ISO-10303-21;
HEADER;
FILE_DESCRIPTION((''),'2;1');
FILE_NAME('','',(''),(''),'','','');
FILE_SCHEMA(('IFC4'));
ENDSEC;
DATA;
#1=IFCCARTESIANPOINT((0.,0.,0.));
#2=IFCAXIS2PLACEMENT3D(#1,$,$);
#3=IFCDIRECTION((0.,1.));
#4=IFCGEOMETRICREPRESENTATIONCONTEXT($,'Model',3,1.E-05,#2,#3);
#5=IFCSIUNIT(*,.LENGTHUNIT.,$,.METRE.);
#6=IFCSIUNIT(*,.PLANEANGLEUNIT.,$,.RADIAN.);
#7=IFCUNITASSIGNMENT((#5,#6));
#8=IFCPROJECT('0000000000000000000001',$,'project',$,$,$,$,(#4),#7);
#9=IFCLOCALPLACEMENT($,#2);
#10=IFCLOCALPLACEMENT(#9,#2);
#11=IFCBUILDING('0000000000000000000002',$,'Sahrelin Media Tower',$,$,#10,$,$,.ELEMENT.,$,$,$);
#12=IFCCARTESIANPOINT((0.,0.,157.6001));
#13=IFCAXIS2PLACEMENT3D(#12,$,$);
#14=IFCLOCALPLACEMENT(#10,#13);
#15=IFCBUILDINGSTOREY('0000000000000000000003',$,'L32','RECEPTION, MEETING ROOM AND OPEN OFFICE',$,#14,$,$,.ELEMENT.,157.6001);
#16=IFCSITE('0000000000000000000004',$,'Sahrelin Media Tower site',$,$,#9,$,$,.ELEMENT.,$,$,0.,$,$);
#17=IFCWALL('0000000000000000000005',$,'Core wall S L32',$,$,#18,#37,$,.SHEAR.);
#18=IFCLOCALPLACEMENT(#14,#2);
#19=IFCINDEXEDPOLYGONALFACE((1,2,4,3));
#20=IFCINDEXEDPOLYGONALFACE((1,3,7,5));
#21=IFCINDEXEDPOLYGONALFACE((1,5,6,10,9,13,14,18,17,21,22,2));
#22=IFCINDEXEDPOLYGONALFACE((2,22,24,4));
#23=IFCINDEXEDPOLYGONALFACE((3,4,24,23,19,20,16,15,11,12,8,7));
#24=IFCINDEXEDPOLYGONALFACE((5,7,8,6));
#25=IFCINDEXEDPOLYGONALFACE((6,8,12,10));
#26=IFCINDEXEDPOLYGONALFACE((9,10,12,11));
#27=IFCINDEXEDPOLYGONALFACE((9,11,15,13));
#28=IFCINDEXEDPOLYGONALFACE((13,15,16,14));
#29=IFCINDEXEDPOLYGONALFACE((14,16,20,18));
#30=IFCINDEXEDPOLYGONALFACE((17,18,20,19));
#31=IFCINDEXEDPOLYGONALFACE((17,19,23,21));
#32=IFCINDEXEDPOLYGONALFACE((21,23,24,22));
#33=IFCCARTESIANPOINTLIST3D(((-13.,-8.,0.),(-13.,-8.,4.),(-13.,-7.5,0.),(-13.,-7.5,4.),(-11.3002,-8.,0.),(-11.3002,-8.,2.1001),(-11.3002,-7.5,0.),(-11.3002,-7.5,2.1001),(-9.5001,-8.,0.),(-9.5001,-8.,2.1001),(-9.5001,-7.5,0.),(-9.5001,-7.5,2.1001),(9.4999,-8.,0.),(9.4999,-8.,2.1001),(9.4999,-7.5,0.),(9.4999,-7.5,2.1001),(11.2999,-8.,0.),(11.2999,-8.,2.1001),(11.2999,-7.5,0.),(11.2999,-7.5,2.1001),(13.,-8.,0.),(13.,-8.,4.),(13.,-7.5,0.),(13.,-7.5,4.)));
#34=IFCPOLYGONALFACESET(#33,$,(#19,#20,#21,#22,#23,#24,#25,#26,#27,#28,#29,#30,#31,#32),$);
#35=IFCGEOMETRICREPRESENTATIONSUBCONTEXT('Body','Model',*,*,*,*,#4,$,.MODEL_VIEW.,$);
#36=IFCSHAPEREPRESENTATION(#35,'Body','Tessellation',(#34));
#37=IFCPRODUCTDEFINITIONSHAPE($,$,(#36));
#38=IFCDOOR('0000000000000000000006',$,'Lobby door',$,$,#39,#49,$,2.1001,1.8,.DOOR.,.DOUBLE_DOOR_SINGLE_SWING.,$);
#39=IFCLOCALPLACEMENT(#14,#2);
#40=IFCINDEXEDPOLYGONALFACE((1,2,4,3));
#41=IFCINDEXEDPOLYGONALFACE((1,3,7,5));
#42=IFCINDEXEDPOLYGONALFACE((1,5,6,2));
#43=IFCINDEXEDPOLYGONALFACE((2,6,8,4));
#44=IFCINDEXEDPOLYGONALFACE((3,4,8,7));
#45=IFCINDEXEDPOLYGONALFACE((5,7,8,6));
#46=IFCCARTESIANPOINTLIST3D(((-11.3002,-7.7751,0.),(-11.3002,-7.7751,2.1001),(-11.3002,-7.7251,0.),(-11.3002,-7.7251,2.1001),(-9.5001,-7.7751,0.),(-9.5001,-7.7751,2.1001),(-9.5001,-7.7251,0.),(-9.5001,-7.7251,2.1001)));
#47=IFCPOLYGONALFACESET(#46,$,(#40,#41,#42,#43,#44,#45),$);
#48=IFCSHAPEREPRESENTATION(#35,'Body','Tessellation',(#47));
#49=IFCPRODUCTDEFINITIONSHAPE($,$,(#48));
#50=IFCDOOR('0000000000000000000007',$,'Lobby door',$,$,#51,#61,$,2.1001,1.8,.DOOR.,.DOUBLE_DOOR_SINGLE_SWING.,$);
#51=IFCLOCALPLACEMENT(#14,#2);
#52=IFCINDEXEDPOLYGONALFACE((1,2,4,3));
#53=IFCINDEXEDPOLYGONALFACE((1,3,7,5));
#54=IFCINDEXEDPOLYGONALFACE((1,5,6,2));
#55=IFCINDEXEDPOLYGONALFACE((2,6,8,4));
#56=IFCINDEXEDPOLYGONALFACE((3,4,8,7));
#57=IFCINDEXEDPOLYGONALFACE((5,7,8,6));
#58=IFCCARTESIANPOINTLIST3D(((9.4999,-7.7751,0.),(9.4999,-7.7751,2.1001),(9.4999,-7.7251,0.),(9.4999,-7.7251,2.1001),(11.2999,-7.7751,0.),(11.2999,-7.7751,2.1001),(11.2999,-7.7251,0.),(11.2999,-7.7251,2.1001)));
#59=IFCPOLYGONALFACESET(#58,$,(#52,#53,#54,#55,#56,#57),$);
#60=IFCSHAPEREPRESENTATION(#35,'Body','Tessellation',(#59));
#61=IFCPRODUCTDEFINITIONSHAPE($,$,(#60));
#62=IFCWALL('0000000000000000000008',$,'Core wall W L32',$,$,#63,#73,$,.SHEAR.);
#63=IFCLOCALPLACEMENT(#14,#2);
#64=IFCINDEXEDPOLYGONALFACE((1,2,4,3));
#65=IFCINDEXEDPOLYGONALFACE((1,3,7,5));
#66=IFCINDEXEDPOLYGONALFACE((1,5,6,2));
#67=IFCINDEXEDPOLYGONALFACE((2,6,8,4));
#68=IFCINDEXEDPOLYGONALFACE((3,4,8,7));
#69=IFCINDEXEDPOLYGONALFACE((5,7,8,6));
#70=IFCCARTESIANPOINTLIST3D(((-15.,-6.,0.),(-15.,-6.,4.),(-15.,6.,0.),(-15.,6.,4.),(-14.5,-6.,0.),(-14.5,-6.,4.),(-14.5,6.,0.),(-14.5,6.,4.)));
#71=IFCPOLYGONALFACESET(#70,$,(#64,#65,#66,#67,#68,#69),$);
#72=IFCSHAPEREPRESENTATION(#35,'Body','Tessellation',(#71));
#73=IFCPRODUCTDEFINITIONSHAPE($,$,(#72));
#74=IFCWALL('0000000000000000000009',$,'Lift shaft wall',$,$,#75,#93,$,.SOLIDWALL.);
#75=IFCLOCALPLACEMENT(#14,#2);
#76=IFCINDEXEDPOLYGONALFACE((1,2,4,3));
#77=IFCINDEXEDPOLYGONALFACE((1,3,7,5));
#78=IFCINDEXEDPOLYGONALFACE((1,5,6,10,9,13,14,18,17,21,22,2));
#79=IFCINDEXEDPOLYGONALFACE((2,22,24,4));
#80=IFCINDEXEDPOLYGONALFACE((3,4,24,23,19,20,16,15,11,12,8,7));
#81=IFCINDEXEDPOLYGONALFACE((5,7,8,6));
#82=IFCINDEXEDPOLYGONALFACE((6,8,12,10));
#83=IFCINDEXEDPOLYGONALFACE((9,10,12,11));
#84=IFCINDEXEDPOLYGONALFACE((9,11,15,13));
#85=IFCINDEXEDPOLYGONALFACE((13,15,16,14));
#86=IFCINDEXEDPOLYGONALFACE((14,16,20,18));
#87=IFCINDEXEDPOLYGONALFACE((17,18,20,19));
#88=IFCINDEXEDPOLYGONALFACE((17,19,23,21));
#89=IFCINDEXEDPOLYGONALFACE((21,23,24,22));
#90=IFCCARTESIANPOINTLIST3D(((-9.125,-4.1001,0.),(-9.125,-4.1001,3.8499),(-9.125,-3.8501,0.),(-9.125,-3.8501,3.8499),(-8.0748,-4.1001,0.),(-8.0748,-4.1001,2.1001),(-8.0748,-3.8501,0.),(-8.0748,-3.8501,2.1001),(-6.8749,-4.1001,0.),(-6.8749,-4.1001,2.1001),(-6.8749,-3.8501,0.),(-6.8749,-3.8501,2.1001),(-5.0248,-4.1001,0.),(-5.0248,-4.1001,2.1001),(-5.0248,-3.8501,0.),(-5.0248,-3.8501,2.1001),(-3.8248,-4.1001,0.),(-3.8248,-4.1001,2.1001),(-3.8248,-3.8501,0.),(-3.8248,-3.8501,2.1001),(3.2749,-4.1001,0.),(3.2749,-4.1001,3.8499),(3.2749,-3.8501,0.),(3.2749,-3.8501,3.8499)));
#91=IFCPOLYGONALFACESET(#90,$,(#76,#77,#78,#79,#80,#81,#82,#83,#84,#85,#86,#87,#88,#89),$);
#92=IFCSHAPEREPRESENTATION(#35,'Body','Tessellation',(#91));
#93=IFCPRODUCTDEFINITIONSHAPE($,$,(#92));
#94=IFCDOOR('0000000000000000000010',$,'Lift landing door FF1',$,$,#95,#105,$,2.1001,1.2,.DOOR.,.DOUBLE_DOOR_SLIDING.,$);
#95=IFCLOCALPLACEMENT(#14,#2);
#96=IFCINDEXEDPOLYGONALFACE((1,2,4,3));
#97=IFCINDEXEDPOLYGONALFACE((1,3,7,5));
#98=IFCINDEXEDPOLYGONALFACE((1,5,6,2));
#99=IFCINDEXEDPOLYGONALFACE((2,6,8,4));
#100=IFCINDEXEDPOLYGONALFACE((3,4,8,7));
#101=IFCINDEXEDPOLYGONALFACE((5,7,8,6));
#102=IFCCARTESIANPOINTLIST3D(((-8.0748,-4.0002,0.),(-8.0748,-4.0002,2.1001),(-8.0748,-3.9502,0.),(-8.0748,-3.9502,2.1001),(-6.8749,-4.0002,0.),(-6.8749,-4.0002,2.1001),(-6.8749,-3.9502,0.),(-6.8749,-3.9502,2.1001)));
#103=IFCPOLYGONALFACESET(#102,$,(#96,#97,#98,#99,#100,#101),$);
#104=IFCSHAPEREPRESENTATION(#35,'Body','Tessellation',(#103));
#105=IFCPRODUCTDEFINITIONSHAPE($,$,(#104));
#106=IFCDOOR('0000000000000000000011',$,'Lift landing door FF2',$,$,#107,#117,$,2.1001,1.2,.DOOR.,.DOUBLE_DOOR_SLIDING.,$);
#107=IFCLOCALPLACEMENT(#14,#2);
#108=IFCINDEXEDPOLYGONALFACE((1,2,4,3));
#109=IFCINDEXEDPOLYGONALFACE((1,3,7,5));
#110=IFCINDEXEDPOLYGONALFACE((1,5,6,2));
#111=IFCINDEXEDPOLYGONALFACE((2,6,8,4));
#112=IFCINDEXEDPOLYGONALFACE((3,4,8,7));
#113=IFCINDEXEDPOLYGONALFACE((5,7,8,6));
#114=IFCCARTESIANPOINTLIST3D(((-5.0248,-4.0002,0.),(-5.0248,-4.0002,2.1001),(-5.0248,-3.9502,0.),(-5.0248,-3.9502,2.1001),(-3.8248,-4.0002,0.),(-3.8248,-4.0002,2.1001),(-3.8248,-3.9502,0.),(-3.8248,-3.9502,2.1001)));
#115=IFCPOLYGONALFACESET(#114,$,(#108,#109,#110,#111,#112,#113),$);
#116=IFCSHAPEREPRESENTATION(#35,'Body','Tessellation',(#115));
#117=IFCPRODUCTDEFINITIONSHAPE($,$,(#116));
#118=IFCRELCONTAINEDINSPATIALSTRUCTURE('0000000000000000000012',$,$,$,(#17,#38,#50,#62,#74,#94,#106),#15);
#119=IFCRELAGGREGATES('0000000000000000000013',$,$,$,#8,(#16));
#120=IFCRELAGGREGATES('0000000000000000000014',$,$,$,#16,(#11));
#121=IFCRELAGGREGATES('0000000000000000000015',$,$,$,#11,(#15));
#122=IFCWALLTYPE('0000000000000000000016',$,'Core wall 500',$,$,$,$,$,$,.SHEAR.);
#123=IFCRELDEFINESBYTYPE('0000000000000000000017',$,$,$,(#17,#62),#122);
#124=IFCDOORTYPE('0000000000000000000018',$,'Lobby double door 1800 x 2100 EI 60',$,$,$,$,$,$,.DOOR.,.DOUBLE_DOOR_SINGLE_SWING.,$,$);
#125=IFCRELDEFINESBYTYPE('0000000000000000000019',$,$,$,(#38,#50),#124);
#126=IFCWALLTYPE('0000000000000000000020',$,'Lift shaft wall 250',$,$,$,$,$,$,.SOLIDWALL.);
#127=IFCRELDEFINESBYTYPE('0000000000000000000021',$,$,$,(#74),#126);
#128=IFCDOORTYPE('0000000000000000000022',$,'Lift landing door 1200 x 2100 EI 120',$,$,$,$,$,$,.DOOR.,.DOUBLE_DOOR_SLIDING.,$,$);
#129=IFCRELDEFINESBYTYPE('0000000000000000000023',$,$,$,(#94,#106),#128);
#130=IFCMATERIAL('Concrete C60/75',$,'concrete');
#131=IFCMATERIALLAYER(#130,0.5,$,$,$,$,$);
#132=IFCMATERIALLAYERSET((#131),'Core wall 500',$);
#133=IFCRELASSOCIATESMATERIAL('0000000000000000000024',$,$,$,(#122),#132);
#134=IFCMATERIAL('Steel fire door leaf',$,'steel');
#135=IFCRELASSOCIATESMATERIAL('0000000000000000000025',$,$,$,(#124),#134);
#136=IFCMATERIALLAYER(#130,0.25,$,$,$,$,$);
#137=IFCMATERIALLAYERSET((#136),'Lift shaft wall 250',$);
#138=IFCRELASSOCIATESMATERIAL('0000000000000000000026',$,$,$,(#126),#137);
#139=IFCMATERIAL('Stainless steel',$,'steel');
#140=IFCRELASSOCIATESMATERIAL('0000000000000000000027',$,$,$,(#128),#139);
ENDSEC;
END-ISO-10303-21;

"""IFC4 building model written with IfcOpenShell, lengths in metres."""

from ifc_helpers import new_model, si_unit, direction, frame, frame_2d, origin, place, context, subcontext, project, spatial, rectangle, extrude, material, layer, layer_set, type_object, element, fill, save


model = new_model("IFC4")

# Units and contexts
model_context = context("Model", 3, precision=1e-05, world=origin(), true_north=direction((0.0, 1.0)))
body_context = subcontext(model_context, "Body", "Model", "MODEL_VIEW")
ifc_project = project(units=[si_unit("LENGTHUNIT", "METRE"), si_unit("PLANEANGLEUNIT", "RADIAN")], contexts=[model_context])

# Site, building, storey
site_placement = place(None, origin())
site = spatial("IfcSite", under=ifc_project, at=site_placement, Name="Sahrelin Media Tower site", CompositionType="ELEMENT", RefElevation=0.0)
building_placement = place(site_placement, origin())
building = spatial("IfcBuilding", under=site, at=building_placement, Name="Sahrelin Media Tower", CompositionType="ELEMENT")
storey_placement = place(building_placement, frame((0.0, 0.0, 157.6001)))
storey = spatial("IfcBuildingStorey", under=building, at=storey_placement, Name="L32", Description="RECEPTION, MEETING ROOM AND OPEN OFFICE", CompositionType="ELEMENT", Elevation=157.6001)

# Wall, openings, doors
ifc_material_1 = material(Name="Concrete C60/75", Category="concrete")
ifc_layer_1 = layer(ifc_material_1, 0.5)
ifc_layer_set_1 = layer_set([ifc_layer_1], Name="Core wall 500")
wall_type_1 = type_object("IfcWallType", Name="Core wall 500", PredefinedType="SHEAR", material=ifc_layer_set_1)
wall_1_placement = place(storey_placement, frame((-13.0, -7.75, 0.0), z_axis=(0.0, 0.0, 1.0), x_axis=(1.0, 0.0, 0.0)))
wall_1 = element("IfcWall", 1, at=wall_1_placement, inside=storey, type_object=wall_type_1, Name="Core wall S L32", PredefinedType="SHEAR", context=body_context, shape_type="SweptSolid", body=[
    extrude(rectangle(XDim=26.0, YDim=0.5, at=frame_2d((13.0, 0.0))), origin(), (0.0, 0.0, 1.0), 4.0),
])
opening_1_placement = place(wall_1_placement, frame((1.7, 0.0, 0.0)))
opening_1 = element("IfcOpeningElement", 2, at=opening_1_placement, cuts=wall_1, PredefinedType="OPENING", context=body_context, shape_type="SweptSolid", body=[
    extrude(rectangle(XDim=1.8, YDim=2.1001, at=frame_2d((0.8999, 1.05))), frame((0.0, 0.25, 0.0), z_axis=(0.0, -1.0, 0.0), x_axis=(1.0, 0.0, 0.0)), (0.0, 0.0, 1.0), 0.5),
])
opening_2_placement = place(wall_1_placement, frame((22.5, 0.0, 0.0)))
opening_2 = element("IfcOpeningElement", 3, at=opening_2_placement, cuts=wall_1, PredefinedType="OPENING", context=body_context, shape_type="SweptSolid", body=[
    extrude(rectangle(XDim=1.8, YDim=2.1001, at=frame_2d((0.8999, 1.05))), frame((0.0, 0.25, 0.0), z_axis=(0.0, -1.0, 0.0), x_axis=(1.0, 0.0, 0.0)), (0.0, 0.0, 1.0), 0.5),
])
ifc_material_2 = material(Name="Steel fire door leaf", Category="steel")
door_type_1 = type_object("IfcDoorType", Name="Lobby double door 1800 x 2100 EI 60", OperationType="DOUBLE_DOOR_SINGLE_SWING", PredefinedType="DOOR", material=ifc_material_2)
door_1_placement = place(opening_1_placement, origin())
door_1 = element("IfcDoor", 4, at=door_1_placement, inside=storey, type_object=door_type_1, Name="Lobby door", OperationType="DOUBLE_DOOR_SINGLE_SWING", OverallHeight=2.1001, OverallWidth=1.8, PredefinedType="DOOR", context=body_context, shape_type="SweptSolid", body=[
    extrude(rectangle(XDim=1.8, YDim=2.1001, at=frame_2d((0.8999, 1.05))), frame((0.0, 0.0249, 0.0), z_axis=(0.0, -1.0, 0.0), x_axis=(1.0, 0.0, 0.0)), (0.0, 0.0, 1.0), 0.05),
])
fill(opening_1, door_1)
door_2_placement = place(opening_2_placement, origin())
door_2 = element("IfcDoor", 5, at=door_2_placement, inside=storey, type_object=door_type_1, Name="Lobby door", OperationType="DOUBLE_DOOR_SINGLE_SWING", OverallHeight=2.1001, OverallWidth=1.8, PredefinedType="DOOR", context=body_context, shape_type="SweptSolid", body=[
    extrude(rectangle(XDim=1.8, YDim=2.1001, at=frame_2d((0.8999, 1.05))), frame((0.0, 0.0249, 0.0), z_axis=(0.0, -1.0, 0.0), x_axis=(1.0, 0.0, 0.0)), (0.0, 0.0, 1.0), 0.05),
])
fill(opening_2, door_2)

# Wall
wall_2_placement = place(storey_placement, frame((-14.75, -6.0, 0.0), z_axis=(0.0, 0.0, 1.0), x_axis=(0.0, 1.0, 0.0)))
element("IfcWall", 6, at=wall_2_placement, inside=storey, type_object=wall_type_1, Name="Core wall W L32", PredefinedType="SHEAR", context=body_context, shape_type="SweptSolid", body=[
    extrude(rectangle(XDim=12.0, YDim=0.5, at=frame_2d((6.0, 0.0))), origin(), (0.0, 0.0, 1.0), 4.0),
])

# Wall, openings, doors
ifc_layer_2 = layer(ifc_material_1, 0.25)
ifc_layer_set_2 = layer_set([ifc_layer_2], Name="Lift shaft wall 250")
wall_type_2 = type_object("IfcWallType", Name="Lift shaft wall 250", PredefinedType="SOLIDWALL", material=ifc_layer_set_2)
wall_3_placement = place(storey_placement, frame((-9.125, -3.9751, 0.0), z_axis=(0.0, 0.0, 1.0), x_axis=(1.0, 0.0, 0.0)))
wall_3 = element("IfcWall", 7, at=wall_3_placement, inside=storey, type_object=wall_type_2, Name="Lift shaft wall", PredefinedType="SOLIDWALL", context=body_context, shape_type="SweptSolid", body=[
    extrude(rectangle(XDim=12.3999, YDim=0.25, at=frame_2d((6.2, 0.0))), origin(), (0.0, 0.0, 1.0), 3.8499),
])
opening_3_placement = place(wall_3_placement, frame((1.05, 0.0, 0.0)))
opening_3 = element("IfcOpeningElement", 8, at=opening_3_placement, cuts=wall_3, PredefinedType="OPENING", context=body_context, shape_type="SweptSolid", body=[
    extrude(rectangle(XDim=1.2, YDim=2.1001, at=frame_2d((0.6001, 1.05))), frame((0.0, 0.125, 0.0), z_axis=(0.0, -1.0, 0.0), x_axis=(1.0, 0.0, 0.0)), (0.0, 0.0, 1.0), 0.25),
])
opening_4_placement = place(wall_3_placement, frame((4.1001, 0.0, 0.0)))
opening_4 = element("IfcOpeningElement", 9, at=opening_4_placement, cuts=wall_3, PredefinedType="OPENING", context=body_context, shape_type="SweptSolid", body=[
    extrude(rectangle(XDim=1.2, YDim=2.1001, at=frame_2d((0.6001, 1.05))), frame((0.0, 0.125, 0.0), z_axis=(0.0, -1.0, 0.0), x_axis=(1.0, 0.0, 0.0)), (0.0, 0.0, 1.0), 0.25),
])
ifc_material_3 = material(Name="Stainless steel", Category="steel")
door_type_2 = type_object("IfcDoorType", Name="Lift landing door 1200 x 2100 EI 120", OperationType="DOUBLE_DOOR_SLIDING", PredefinedType="DOOR", material=ifc_material_3)
door_3_placement = place(opening_3_placement, origin())
door_3 = element("IfcDoor", 10, at=door_3_placement, inside=storey, type_object=door_type_2, Name="Lift landing door FF1", OperationType="DOUBLE_DOOR_SLIDING", OverallHeight=2.1001, OverallWidth=1.2, PredefinedType="DOOR", context=body_context, shape_type="SweptSolid", body=[
    extrude(rectangle(XDim=1.2, YDim=2.1001, at=frame_2d((0.6001, 1.05))), frame((0.0, 0.0249, 0.0), z_axis=(0.0, -1.0, 0.0), x_axis=(1.0, 0.0, 0.0)), (0.0, 0.0, 1.0), 0.05),
])
fill(opening_3, door_3)
door_4_placement = place(opening_4_placement, origin())
door_4 = element("IfcDoor", 11, at=door_4_placement, inside=storey, type_object=door_type_2, Name="Lift landing door FF2", OperationType="DOUBLE_DOOR_SLIDING", OverallHeight=2.1001, OverallWidth=1.2, PredefinedType="DOOR", context=body_context, shape_type="SweptSolid", body=[
    extrude(rectangle(XDim=1.2, YDim=2.1001, at=frame_2d((0.6001, 1.05))), frame((0.0, 0.0249, 0.0), z_axis=(0.0, -1.0, 0.0), x_axis=(1.0, 0.0, 0.0)), (0.0, 0.0, 1.0), 0.05),
])
fill(opening_4, door_4)

save(model, "model.ifc")
